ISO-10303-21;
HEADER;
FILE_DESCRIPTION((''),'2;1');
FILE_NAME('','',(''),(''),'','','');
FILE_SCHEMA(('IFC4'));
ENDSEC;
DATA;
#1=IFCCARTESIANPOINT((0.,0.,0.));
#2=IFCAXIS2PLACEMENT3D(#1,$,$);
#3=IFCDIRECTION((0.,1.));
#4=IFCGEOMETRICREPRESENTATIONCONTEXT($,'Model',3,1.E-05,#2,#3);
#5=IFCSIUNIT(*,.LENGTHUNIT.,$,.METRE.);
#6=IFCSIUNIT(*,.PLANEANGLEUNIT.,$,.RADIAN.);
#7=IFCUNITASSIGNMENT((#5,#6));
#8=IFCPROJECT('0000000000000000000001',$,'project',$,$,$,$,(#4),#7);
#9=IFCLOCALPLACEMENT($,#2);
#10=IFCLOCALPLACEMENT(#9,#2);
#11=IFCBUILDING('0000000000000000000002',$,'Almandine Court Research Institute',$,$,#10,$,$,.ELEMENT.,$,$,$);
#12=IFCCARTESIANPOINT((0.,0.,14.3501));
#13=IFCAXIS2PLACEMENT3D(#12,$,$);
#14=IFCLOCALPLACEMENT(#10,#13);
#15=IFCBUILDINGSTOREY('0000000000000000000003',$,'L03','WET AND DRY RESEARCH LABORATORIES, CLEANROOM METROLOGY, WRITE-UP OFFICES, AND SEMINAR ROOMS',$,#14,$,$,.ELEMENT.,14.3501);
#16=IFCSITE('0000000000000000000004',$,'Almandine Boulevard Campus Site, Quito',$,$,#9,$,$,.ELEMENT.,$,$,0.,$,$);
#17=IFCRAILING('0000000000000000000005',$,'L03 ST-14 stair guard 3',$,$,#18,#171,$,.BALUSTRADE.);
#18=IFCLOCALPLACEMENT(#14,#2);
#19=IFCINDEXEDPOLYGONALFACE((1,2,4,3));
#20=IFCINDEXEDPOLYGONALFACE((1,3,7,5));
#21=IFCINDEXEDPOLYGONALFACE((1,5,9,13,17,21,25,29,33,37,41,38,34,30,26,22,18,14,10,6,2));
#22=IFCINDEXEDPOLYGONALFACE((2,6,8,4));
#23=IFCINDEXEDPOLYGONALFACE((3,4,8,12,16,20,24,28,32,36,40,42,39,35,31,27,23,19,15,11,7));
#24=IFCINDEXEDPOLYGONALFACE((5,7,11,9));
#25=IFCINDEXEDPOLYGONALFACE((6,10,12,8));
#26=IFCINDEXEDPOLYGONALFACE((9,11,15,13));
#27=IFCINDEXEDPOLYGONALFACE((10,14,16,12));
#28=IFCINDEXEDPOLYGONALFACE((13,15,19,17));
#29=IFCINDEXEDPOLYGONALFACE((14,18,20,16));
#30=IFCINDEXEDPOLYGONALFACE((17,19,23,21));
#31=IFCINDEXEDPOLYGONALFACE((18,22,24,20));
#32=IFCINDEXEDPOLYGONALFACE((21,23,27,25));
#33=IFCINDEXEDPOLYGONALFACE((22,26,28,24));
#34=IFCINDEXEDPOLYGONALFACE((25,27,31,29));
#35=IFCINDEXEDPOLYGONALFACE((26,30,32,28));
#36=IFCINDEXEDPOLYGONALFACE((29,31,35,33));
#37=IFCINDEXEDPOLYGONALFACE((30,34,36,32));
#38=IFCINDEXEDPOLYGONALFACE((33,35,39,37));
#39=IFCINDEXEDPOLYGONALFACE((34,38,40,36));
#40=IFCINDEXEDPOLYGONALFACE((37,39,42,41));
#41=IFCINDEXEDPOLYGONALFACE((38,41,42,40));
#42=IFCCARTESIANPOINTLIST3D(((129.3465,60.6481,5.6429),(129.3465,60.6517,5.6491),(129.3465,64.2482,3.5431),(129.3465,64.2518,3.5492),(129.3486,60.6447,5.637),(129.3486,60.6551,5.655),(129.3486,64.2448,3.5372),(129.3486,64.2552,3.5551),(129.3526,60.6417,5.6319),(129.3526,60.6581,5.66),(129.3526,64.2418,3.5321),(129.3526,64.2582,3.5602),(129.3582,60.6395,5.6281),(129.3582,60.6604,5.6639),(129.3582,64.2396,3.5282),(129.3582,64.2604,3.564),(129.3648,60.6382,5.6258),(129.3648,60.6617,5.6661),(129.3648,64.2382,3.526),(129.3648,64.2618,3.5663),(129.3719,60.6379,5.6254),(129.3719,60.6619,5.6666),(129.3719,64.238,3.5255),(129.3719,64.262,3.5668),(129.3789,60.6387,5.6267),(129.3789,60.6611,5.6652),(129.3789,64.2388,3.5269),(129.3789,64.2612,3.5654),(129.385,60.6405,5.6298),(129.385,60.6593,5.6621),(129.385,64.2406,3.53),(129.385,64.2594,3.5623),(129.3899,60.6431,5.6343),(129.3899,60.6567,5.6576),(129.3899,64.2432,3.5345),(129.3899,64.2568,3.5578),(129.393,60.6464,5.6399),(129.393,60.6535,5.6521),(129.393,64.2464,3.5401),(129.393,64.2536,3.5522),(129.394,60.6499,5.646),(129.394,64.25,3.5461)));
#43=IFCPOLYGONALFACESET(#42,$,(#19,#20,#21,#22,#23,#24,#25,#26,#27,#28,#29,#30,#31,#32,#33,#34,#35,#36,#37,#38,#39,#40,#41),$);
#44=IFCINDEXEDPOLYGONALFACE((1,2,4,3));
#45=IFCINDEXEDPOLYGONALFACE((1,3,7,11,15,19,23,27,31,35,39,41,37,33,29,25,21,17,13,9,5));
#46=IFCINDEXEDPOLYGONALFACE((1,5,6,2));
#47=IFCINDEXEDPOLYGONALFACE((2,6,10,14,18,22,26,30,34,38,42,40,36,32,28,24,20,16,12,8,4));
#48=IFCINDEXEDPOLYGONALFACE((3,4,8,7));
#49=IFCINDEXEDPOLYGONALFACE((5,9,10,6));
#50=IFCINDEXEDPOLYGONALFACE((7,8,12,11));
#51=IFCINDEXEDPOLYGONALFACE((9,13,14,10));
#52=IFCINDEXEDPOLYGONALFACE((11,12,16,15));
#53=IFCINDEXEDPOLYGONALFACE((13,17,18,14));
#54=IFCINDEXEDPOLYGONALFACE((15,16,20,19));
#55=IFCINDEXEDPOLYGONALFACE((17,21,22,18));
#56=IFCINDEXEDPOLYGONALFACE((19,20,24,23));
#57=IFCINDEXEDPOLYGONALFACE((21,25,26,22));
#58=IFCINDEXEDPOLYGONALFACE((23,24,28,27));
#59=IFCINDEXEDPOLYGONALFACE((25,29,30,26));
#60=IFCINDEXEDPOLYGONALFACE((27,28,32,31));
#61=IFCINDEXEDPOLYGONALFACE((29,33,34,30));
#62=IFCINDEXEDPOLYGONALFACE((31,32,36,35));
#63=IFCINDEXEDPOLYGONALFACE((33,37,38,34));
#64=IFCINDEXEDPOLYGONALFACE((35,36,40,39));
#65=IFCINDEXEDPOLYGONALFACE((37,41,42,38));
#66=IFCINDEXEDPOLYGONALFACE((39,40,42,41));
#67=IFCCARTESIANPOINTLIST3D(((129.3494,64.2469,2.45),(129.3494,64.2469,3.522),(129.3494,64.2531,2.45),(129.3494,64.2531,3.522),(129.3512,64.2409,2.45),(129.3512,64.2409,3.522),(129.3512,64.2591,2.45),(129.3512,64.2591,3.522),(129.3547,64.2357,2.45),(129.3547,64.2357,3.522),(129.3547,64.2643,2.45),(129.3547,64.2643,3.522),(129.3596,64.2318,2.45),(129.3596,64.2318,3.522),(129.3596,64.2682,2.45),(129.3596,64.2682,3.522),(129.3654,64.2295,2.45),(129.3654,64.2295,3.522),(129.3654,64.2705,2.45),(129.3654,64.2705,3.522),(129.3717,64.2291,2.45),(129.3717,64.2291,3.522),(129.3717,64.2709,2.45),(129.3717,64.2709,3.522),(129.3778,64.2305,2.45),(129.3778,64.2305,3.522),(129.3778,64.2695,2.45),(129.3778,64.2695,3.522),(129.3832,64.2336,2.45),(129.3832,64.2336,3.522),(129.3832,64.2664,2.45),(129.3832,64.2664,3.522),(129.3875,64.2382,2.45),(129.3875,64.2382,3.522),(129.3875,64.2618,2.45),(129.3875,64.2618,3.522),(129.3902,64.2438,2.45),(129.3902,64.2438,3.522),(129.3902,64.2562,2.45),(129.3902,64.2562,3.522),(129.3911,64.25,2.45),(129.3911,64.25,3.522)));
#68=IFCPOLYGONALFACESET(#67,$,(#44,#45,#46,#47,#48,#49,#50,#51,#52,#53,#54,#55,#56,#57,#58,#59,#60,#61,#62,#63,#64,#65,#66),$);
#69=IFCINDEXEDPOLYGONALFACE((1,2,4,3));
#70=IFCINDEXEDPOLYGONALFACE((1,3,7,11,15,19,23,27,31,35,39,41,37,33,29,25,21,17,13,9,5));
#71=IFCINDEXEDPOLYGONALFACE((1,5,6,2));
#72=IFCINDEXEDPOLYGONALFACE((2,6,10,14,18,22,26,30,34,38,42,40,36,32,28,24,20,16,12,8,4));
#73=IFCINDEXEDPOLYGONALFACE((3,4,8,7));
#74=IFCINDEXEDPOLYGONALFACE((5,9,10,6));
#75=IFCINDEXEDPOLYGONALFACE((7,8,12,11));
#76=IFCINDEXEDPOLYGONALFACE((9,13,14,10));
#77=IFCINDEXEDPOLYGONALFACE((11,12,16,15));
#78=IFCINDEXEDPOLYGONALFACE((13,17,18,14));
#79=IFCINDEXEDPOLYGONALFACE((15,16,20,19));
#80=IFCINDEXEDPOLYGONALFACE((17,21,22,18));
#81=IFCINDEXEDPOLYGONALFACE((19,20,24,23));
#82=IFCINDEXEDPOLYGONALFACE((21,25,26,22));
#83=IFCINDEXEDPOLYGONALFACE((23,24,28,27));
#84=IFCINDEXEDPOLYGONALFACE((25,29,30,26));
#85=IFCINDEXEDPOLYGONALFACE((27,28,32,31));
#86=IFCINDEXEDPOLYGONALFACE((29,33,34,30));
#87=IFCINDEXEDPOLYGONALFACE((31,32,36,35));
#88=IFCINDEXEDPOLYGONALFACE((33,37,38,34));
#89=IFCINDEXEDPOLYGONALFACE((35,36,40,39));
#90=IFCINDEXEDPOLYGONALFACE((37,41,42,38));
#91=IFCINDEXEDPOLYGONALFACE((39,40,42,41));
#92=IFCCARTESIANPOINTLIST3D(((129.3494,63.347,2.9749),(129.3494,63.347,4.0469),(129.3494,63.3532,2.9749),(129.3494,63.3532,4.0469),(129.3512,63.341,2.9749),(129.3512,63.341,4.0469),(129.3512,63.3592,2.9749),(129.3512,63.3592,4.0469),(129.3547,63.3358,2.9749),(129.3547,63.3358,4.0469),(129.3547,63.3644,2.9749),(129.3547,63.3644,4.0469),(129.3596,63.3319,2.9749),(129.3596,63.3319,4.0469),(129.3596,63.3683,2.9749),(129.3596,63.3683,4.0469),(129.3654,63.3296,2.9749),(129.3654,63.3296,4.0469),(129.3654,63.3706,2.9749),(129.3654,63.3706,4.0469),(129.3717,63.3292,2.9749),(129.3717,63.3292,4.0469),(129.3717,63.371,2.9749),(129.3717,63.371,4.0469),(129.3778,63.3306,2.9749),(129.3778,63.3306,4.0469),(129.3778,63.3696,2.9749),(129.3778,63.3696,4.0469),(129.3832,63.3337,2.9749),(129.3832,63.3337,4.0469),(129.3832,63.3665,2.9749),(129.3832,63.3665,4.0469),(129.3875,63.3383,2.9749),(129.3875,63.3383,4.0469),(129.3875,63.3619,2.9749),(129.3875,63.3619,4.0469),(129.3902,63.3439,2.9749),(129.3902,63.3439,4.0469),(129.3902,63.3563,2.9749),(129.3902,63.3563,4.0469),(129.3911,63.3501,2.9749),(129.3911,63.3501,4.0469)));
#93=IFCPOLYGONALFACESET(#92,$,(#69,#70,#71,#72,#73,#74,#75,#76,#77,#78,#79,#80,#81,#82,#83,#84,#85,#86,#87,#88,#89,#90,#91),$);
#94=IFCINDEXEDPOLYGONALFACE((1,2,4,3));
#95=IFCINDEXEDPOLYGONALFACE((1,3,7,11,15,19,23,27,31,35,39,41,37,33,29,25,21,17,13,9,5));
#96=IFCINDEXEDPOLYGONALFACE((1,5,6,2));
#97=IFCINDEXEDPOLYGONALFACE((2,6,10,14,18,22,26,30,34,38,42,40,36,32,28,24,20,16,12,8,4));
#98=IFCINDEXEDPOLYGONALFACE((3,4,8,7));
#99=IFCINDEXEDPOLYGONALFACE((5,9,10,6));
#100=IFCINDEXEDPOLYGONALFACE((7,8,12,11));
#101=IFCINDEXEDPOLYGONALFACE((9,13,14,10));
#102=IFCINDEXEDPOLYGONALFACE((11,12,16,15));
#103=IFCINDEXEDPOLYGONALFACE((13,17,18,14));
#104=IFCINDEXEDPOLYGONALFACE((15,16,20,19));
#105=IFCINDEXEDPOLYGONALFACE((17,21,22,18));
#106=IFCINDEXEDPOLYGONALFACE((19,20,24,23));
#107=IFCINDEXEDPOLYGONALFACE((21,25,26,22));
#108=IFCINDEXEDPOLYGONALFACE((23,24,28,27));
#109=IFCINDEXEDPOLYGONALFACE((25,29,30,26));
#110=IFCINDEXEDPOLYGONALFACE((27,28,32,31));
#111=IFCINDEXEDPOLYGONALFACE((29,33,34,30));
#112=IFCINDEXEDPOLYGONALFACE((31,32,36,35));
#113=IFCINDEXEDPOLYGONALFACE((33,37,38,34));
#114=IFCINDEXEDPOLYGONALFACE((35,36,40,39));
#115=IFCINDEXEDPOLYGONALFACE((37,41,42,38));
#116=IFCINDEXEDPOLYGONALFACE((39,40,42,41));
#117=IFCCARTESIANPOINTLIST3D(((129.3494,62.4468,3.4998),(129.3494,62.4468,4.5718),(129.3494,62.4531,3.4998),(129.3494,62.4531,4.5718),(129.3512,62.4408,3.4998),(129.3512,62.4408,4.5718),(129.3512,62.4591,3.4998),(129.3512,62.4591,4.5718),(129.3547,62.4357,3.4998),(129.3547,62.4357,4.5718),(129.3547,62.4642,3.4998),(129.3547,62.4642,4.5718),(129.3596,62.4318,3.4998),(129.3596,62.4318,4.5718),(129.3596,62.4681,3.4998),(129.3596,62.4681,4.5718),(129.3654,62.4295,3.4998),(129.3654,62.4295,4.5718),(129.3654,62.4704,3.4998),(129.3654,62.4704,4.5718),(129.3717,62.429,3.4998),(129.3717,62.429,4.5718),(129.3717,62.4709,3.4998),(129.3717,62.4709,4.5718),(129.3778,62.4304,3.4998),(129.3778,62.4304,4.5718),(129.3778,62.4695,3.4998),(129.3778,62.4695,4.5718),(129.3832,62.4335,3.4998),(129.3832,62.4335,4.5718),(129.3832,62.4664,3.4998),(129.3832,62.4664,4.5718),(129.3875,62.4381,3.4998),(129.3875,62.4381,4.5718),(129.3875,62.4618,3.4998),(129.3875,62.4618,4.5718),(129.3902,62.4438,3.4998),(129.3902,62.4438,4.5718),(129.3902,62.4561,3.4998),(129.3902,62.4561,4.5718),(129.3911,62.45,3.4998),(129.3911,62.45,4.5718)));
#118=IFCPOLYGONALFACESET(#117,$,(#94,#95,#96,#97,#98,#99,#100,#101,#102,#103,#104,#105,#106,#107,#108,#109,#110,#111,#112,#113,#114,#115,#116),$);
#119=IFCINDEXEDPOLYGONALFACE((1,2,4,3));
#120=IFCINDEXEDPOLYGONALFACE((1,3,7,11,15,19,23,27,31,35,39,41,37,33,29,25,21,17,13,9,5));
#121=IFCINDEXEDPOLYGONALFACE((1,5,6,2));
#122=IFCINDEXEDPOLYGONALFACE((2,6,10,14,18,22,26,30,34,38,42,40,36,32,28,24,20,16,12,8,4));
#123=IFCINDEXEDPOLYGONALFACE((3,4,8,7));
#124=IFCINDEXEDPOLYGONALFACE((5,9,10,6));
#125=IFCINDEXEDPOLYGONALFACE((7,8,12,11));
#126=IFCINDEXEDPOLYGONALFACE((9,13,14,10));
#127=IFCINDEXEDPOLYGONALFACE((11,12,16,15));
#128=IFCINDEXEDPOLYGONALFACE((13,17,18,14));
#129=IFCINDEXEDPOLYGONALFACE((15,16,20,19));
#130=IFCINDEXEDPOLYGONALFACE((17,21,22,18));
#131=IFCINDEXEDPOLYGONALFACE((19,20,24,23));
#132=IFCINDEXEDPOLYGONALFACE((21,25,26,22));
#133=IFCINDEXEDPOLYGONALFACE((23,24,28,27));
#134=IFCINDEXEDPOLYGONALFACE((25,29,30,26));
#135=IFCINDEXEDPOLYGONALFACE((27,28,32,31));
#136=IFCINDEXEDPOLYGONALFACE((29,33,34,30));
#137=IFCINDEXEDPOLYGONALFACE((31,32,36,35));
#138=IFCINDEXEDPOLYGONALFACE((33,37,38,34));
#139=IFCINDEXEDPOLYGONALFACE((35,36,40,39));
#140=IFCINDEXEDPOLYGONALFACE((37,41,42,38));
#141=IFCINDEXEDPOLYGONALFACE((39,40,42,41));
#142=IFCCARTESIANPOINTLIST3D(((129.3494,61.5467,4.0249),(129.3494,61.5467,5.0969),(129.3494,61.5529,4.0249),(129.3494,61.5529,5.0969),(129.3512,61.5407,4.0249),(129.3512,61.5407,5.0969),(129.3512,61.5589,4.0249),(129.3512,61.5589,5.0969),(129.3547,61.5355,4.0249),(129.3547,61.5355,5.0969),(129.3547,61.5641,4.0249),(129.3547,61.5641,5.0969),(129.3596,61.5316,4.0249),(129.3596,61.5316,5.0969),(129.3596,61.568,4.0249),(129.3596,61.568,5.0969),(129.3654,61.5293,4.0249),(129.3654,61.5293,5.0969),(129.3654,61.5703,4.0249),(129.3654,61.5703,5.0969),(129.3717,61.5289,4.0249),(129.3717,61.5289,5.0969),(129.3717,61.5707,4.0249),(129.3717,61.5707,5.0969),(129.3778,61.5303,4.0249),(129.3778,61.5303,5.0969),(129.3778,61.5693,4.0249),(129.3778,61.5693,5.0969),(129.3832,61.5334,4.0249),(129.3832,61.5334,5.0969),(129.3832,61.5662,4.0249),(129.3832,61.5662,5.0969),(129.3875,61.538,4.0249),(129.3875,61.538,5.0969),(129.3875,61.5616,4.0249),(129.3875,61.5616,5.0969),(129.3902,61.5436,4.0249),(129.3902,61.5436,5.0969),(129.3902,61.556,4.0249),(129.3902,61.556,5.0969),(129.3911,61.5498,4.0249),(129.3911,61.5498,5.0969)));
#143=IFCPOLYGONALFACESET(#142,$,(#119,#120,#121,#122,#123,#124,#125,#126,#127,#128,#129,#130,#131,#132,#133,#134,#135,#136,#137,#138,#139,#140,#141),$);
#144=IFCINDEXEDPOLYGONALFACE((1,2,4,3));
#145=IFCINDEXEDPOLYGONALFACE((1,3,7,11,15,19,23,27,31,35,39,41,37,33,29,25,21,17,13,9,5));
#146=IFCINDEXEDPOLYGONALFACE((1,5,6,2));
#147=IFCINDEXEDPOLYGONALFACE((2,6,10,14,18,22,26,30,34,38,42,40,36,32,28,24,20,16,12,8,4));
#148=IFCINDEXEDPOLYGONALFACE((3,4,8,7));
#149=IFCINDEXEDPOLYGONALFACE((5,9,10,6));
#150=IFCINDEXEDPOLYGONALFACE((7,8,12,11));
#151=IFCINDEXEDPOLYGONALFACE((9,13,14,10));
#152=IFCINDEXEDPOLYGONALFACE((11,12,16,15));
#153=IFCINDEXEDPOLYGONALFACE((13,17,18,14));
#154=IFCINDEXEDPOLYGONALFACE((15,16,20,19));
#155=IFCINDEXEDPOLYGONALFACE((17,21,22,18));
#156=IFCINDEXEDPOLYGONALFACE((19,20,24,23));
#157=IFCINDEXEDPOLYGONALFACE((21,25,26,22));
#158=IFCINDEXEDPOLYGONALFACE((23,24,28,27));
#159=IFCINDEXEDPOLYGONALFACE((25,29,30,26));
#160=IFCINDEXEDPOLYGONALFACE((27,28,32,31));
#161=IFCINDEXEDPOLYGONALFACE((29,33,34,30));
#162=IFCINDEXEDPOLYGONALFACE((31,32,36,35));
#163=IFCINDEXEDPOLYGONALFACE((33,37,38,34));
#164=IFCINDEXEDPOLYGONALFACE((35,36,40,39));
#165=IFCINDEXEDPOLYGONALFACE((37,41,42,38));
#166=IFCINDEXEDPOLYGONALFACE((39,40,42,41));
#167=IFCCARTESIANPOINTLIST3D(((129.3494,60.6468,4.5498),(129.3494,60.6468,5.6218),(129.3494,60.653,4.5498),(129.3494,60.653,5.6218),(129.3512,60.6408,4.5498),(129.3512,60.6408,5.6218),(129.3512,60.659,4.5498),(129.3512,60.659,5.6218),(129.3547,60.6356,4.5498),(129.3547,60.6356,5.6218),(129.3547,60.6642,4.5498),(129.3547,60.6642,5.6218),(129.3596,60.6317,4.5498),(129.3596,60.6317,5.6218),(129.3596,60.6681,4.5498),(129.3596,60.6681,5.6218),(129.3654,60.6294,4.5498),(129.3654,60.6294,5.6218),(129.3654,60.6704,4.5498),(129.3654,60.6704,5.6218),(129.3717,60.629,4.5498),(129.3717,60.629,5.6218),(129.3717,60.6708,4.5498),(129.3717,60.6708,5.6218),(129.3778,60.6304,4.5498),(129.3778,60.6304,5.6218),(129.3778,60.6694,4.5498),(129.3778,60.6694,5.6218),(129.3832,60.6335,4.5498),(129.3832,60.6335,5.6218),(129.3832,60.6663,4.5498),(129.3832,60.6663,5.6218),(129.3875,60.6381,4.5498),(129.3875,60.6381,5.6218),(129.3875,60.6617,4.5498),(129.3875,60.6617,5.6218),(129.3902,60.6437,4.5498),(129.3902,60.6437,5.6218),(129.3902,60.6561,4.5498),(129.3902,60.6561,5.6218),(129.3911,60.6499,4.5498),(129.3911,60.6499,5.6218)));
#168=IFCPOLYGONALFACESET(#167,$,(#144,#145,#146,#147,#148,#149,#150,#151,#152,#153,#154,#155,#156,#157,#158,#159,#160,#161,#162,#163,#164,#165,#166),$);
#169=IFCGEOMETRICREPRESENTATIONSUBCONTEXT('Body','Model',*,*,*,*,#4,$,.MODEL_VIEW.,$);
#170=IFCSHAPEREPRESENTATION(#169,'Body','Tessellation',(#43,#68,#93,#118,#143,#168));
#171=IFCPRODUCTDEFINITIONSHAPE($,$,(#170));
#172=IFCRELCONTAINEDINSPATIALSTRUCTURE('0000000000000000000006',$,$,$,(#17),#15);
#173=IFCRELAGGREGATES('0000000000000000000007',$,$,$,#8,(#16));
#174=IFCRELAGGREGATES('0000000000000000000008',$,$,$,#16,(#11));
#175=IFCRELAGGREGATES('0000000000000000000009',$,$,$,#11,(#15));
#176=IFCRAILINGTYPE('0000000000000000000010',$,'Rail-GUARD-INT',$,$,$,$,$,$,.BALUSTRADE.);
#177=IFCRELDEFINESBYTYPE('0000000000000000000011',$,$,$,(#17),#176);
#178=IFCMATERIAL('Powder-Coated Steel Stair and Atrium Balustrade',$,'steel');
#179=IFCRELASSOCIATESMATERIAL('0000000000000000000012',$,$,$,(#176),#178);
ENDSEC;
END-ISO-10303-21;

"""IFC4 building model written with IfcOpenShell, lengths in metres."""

from ifc_helpers import new_model, si_unit, direction, frame, origin, origin_2d, place, context, subcontext, project, spatial, circle, extrude, material, type_object, element, save


model = new_model("IFC4")

# Units and contexts
model_context = context("Model", 3, precision=1e-05, world=origin(), true_north=direction((0.0, 1.0)))
body_context = subcontext(model_context, "Body", "Model", "MODEL_VIEW")
ifc_project = project(units=[si_unit("LENGTHUNIT", "METRE"), si_unit("PLANEANGLEUNIT", "RADIAN")], contexts=[model_context])

# Site, building, storey
site_placement = place(None, origin())
site = spatial("IfcSite", under=ifc_project, at=site_placement, Name="Almandine Boulevard Campus Site, Quito", CompositionType="ELEMENT", RefElevation=0.0)
building_placement = place(site_placement, origin())
building = spatial("IfcBuilding", under=site, at=building_placement, Name="Almandine Court Research Institute", CompositionType="ELEMENT")
storey_placement = place(building_placement, frame((0.0, 0.0, 14.3501)))
storey = spatial("IfcBuildingStorey", under=building, at=storey_placement, Name="L03", Description="WET AND DRY RESEARCH LABORATORIES, CLEANROOM METROLOGY, WRITE-UP OFFICES, AND SEMINAR ROOMS", CompositionType="ELEMENT", Elevation=14.3501)

# Railing
ifc_material_1 = material(Name="Powder-Coated Steel Stair and Atrium Balustrade", Category="steel")
railing_type_1 = type_object("IfcRailingType", Name="Rail-GUARD-INT", PredefinedType="BALUSTRADE", material=ifc_material_1)
railing_1_placement = place(storey_placement, frame((129.3701, 64.25, 2.45)))
element("IfcRailing", 1, at=railing_1_placement, inside=storey, type_object=railing_type_1, Name="L03 ST-14 stair guard 3", PredefinedType="BALUSTRADE", context=body_context, shape_type="SweptSolid", body=[
    extrude(circle(Radius=0.0239, at=origin_2d()), frame((0.0, 0.0, 1.0962), z_axis=(0.0, -0.8638, 0.503835), x_axis=(1.0, 0.0, 0.0)), (0.0, 0.0, 1.0), 4.1677),
    extrude(circle(Radius=0.021, at=origin_2d()), origin(), (0.0, 0.0, 1.0), 1.072),
    extrude(circle(Radius=0.021, at=origin_2d()), frame((0.0, -0.8999, 0.5249)), (0.0, 0.0, 1.0), 1.072),
    extrude(circle(Radius=0.021, at=origin_2d()), frame((0.0, -1.8, 1.0498)), (0.0, 0.0, 1.0), 1.072),
    extrude(circle(Radius=0.021, at=origin_2d()), frame((0.0, -2.7002, 1.575)), (0.0, 0.0, 1.0), 1.072),
    extrude(circle(Radius=0.021, at=origin_2d()), frame((0.0, -3.6001, 2.0999)), (0.0, 0.0, 1.0), 1.072),
])

save(model, "model.ifc")
